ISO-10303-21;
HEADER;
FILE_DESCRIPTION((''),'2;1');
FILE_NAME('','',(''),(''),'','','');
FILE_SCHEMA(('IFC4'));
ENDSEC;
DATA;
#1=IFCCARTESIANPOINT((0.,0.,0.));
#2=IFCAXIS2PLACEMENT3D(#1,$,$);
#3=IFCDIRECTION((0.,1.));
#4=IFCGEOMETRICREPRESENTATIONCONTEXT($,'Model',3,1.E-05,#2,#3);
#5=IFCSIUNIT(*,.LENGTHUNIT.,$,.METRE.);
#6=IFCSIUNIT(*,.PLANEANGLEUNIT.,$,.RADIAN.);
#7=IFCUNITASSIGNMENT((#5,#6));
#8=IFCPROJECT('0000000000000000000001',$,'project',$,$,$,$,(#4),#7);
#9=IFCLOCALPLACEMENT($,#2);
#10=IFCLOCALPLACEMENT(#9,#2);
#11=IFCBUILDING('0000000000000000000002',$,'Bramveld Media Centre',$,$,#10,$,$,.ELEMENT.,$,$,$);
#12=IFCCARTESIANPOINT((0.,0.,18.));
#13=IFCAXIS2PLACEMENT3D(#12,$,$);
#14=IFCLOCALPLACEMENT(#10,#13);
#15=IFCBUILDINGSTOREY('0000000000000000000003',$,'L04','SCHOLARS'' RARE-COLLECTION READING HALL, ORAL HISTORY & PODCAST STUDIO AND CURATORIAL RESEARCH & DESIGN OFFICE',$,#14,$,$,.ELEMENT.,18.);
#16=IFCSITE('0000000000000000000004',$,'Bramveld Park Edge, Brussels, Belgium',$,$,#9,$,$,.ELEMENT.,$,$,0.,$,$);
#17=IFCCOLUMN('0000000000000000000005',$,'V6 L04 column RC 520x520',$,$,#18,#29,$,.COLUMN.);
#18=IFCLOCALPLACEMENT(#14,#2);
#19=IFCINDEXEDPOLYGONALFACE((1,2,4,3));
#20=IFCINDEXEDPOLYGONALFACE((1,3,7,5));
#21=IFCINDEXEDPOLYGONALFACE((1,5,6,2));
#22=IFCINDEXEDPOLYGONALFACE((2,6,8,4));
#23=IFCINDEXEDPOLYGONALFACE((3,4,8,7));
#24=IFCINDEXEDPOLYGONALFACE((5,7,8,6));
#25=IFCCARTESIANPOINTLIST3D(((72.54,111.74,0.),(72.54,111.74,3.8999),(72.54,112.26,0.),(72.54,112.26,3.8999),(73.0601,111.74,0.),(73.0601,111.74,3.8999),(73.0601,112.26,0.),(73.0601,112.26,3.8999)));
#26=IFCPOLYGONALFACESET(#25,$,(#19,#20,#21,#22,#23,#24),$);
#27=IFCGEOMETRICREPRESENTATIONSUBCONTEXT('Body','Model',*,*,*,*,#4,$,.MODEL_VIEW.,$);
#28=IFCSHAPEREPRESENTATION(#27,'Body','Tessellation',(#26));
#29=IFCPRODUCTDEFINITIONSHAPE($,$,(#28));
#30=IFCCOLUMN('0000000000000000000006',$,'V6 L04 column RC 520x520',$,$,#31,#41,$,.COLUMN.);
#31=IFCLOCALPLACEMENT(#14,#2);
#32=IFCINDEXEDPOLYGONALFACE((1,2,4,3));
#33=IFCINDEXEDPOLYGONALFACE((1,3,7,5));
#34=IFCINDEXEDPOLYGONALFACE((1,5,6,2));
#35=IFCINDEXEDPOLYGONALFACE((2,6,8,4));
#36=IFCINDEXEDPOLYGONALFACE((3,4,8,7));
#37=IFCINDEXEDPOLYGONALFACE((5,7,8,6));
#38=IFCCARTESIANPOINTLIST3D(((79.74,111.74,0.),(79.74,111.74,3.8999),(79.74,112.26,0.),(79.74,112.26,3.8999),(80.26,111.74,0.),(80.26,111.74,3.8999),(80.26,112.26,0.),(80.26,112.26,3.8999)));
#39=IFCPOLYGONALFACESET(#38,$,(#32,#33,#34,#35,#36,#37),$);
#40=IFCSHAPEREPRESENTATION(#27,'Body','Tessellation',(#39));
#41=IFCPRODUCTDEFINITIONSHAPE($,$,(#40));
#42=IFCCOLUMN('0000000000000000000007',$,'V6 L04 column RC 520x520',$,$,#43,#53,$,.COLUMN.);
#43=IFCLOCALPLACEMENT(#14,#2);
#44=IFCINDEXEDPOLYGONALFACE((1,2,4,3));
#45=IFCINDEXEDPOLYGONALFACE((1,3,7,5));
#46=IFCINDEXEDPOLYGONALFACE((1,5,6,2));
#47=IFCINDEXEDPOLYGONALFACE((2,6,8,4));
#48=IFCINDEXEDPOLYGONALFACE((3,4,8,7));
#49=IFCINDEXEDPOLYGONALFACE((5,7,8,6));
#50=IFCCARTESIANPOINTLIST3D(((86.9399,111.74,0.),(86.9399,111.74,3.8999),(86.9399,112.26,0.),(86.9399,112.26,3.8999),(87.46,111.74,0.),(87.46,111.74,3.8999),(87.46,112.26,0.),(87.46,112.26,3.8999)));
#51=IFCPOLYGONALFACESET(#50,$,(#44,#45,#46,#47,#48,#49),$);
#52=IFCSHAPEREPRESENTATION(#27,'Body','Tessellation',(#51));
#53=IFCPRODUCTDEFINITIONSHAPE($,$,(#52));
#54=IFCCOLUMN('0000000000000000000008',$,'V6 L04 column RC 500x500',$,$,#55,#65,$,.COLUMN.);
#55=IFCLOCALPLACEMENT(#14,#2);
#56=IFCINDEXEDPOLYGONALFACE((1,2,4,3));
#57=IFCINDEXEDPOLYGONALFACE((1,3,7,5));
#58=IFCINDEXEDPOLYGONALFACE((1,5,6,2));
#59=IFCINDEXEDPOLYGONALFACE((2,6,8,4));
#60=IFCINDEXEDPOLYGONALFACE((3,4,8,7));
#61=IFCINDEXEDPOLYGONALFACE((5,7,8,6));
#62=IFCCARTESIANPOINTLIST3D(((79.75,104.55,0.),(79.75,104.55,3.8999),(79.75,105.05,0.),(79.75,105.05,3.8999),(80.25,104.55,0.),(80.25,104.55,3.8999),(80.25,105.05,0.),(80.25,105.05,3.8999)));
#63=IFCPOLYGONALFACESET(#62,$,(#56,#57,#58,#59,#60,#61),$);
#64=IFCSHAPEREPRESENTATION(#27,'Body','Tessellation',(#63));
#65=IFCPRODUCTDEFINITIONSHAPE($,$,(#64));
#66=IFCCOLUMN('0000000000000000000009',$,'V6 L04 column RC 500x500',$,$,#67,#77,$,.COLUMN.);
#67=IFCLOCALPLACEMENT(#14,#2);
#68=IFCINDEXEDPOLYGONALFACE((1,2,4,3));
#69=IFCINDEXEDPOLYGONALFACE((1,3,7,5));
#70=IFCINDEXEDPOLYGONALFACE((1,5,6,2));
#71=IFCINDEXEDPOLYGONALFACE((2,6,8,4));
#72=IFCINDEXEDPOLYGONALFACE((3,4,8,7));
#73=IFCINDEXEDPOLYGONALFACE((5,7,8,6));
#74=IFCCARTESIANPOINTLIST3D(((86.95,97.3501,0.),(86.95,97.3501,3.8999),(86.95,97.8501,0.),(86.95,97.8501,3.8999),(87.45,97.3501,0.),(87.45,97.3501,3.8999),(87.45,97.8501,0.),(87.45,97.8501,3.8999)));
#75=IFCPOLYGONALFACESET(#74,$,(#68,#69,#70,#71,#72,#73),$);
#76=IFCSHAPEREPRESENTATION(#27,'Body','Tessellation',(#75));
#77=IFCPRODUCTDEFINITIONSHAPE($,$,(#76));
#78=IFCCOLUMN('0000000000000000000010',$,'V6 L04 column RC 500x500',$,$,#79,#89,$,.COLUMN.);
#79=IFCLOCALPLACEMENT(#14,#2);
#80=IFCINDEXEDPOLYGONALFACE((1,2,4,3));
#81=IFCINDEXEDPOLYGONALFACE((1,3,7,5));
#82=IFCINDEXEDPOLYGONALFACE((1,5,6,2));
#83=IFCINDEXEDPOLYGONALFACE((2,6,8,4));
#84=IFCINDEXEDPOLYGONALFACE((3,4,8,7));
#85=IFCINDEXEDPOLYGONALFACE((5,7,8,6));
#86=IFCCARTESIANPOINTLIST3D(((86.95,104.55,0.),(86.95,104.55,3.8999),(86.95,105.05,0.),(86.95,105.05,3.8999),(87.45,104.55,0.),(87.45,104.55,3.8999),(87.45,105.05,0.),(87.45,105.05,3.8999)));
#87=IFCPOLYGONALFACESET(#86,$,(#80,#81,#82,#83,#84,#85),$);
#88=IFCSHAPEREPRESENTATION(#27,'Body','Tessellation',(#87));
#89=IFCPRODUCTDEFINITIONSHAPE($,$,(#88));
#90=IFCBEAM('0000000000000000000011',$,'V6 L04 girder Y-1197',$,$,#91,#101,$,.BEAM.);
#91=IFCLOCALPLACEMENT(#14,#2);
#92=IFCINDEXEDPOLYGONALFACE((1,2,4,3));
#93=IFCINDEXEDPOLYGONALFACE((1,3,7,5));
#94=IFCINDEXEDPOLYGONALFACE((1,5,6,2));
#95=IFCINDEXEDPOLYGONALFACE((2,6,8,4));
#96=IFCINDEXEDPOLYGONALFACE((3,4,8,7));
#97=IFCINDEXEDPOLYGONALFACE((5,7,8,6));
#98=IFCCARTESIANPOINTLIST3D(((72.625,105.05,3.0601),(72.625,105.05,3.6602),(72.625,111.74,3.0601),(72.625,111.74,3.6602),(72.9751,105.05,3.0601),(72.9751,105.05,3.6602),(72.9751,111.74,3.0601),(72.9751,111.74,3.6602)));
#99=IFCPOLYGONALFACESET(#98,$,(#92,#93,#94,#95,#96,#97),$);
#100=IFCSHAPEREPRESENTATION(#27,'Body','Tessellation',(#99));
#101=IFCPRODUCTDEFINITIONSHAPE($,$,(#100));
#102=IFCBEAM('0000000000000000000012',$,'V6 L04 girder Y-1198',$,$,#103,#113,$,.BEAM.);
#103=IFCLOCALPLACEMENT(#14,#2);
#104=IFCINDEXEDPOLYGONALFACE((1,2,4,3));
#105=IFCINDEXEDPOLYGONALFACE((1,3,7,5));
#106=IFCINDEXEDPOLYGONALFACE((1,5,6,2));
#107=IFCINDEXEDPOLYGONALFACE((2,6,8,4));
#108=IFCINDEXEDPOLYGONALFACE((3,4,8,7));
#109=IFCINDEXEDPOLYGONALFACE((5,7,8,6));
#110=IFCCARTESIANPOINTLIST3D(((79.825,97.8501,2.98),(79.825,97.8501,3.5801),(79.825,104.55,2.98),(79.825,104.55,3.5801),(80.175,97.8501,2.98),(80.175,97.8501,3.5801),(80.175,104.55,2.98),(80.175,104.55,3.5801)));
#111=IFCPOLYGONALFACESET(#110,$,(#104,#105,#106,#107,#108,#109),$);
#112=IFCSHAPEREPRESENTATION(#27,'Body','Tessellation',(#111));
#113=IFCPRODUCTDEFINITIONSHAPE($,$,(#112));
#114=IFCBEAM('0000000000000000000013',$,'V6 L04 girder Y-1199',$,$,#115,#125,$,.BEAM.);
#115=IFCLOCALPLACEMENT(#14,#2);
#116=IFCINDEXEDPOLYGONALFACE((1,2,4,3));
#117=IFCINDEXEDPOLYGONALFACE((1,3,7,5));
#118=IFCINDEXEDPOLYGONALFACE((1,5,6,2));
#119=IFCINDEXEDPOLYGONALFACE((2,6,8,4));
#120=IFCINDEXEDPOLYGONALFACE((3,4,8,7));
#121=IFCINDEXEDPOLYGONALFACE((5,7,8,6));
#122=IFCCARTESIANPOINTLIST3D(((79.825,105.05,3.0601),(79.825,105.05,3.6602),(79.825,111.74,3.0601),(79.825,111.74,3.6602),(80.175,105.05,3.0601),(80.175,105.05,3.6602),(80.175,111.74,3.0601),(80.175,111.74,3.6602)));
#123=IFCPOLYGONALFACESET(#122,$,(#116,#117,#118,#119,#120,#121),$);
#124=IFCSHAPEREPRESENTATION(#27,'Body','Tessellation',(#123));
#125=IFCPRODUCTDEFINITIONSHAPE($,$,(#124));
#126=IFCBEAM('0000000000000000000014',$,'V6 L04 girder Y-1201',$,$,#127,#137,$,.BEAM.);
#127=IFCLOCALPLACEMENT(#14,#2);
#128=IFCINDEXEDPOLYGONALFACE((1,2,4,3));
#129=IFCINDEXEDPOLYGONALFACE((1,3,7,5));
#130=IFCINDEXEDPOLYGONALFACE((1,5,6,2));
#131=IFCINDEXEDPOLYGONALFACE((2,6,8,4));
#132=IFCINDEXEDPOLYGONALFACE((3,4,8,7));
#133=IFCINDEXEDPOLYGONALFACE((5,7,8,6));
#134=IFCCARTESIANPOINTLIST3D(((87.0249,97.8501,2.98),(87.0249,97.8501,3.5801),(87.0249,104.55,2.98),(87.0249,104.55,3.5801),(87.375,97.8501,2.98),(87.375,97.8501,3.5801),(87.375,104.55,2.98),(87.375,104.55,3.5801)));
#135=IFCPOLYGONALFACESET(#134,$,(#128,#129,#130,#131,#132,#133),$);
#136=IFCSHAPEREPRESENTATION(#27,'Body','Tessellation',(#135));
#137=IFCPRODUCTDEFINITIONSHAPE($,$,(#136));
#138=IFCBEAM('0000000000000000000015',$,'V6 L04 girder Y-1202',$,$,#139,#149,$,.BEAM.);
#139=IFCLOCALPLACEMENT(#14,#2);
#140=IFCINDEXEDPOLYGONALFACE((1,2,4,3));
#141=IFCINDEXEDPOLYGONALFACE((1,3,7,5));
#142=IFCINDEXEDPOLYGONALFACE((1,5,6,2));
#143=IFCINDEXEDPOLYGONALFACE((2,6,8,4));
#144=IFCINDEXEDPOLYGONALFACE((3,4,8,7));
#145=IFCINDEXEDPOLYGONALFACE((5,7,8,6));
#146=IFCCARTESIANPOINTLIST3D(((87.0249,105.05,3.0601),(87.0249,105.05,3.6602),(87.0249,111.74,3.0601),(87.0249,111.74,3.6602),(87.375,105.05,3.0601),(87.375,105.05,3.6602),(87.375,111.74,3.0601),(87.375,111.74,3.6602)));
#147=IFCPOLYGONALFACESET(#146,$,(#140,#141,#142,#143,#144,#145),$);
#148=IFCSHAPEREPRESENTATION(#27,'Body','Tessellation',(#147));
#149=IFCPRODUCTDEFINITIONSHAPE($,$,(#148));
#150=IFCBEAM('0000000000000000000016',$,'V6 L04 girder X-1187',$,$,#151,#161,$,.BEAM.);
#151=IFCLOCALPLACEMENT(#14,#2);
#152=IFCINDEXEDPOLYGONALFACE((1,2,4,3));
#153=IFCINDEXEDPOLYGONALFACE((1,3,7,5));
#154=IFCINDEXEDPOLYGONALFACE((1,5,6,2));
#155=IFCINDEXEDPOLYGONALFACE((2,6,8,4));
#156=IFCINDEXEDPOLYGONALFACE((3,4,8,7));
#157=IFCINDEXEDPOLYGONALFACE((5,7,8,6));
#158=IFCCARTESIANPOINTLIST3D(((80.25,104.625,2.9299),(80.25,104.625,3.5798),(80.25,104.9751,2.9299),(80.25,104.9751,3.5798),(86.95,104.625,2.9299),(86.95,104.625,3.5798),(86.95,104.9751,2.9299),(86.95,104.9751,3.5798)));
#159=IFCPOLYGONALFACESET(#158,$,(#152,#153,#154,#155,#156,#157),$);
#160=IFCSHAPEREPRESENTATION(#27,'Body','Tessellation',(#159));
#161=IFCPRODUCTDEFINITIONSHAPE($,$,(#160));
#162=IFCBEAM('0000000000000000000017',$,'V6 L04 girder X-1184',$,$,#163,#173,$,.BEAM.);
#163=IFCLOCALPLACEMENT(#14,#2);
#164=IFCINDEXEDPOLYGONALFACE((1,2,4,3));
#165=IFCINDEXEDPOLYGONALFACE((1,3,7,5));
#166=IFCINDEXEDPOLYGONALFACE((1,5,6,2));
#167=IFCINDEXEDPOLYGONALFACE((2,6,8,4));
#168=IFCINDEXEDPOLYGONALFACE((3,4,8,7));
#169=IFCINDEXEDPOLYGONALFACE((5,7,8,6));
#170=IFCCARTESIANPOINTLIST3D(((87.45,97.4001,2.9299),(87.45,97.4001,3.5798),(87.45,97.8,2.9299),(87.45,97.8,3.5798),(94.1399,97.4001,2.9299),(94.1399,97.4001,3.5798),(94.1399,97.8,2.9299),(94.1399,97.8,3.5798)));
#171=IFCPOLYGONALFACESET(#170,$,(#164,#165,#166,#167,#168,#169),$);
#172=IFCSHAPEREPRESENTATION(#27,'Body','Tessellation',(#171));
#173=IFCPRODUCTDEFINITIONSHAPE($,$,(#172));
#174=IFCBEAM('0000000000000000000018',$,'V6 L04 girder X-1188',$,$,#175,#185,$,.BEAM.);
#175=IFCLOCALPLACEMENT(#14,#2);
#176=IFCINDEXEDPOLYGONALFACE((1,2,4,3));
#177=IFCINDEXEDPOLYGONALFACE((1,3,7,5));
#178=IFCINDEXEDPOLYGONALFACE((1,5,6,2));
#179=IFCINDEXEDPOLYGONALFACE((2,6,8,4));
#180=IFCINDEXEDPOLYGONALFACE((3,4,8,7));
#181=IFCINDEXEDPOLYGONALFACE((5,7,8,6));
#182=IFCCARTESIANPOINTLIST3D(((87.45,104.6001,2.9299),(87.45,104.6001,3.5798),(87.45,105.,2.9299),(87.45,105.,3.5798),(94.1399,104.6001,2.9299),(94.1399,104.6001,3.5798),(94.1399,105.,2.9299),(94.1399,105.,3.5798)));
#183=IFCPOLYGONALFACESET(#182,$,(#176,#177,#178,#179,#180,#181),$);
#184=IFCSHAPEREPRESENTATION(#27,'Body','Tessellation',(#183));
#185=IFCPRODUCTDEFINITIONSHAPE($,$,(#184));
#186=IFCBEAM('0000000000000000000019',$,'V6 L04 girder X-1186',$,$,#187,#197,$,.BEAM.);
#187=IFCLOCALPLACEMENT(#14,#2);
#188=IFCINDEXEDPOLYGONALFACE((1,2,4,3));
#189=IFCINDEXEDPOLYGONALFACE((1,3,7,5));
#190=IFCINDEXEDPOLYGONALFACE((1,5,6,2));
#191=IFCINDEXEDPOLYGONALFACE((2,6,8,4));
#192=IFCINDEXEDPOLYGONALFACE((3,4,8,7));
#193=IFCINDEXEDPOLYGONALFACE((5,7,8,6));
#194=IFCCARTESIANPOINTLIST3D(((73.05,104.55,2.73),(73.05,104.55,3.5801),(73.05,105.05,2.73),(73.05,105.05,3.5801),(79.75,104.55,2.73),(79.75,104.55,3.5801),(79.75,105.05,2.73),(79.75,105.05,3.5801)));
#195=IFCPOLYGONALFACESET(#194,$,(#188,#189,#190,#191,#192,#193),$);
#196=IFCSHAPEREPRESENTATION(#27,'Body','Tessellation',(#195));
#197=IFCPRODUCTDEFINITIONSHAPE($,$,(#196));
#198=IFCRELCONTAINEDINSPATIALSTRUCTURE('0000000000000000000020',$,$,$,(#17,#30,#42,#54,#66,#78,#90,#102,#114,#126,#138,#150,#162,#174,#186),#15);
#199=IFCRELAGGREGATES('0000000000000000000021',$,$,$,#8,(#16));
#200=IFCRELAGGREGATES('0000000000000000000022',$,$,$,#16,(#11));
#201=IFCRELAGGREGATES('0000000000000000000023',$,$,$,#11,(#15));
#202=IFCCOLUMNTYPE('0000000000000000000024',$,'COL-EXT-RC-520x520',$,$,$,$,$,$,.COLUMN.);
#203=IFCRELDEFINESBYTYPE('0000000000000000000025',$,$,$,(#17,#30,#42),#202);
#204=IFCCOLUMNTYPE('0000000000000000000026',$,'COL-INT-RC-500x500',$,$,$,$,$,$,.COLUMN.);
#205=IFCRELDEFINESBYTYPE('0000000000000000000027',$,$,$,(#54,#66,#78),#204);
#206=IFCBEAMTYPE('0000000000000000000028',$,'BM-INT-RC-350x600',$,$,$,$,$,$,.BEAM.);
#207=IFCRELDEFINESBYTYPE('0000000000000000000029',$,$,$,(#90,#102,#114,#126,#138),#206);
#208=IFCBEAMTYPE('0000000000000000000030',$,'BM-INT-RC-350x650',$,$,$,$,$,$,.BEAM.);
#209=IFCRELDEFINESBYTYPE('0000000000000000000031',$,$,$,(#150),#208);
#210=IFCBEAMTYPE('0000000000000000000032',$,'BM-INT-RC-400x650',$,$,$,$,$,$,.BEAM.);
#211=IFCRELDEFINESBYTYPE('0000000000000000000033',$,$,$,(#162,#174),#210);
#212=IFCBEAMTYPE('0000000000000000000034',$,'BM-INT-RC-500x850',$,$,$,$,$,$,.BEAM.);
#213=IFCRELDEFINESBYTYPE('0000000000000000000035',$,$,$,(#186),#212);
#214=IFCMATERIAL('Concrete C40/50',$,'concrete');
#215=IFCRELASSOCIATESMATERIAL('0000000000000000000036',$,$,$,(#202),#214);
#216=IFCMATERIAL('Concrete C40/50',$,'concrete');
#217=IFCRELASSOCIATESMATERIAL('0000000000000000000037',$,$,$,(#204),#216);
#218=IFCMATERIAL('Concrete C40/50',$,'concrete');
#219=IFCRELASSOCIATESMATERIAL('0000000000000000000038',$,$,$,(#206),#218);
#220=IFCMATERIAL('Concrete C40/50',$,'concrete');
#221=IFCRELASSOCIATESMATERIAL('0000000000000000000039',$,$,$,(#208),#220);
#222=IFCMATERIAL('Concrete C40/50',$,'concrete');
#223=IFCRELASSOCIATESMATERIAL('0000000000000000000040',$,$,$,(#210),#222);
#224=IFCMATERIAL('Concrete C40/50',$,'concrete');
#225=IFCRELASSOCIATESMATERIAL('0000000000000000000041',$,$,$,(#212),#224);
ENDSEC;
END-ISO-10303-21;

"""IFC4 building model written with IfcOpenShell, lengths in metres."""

from ifc_helpers import new_model, si_unit, direction, frame, origin, origin_2d, place, context, subcontext, project, spatial, rectangle, extrude, material, material_profile, profile_set, type_object, element, save


model = new_model("IFC4")

# Units and contexts
model_context = context("Model", 3, precision=1e-05, world=origin(), true_north=direction((0.0, 1.0)))
body_context = subcontext(model_context, "Body", "Model", "MODEL_VIEW")
ifc_project = project(units=[si_unit("LENGTHUNIT", "METRE"), si_unit("PLANEANGLEUNIT", "RADIAN")], contexts=[model_context])

# Site, building, storey
site_placement = place(None, origin())
site = spatial("IfcSite", under=ifc_project, at=site_placement, Name="Bramveld Park Edge, Brussels, Belgium", CompositionType="ELEMENT", RefElevation=0.0)
building_placement = place(site_placement, origin())
building = spatial("IfcBuilding", under=site, at=building_placement, Name="Bramveld Media Centre", CompositionType="ELEMENT")
storey_placement = place(building_placement, frame((0.0, 0.0, 18.0)))
storey = spatial("IfcBuildingStorey", under=building, at=storey_placement, Name="L04", Description="SCHOLARS' RARE-COLLECTION READING HALL, ORAL HISTORY & PODCAST STUDIO AND CURATORIAL RESEARCH & DESIGN OFFICE", CompositionType="ELEMENT", Elevation=18.0)

# Columns
ifc_material_1 = material(Name="Concrete C40/50", Category="concrete")
ifc_material_profile_1 = material_profile(ifc_material_1, rectangle(XDim=0.52, YDim=0.52, at=origin_2d()), Name="RC 520x520")
ifc_profile_set_1 = profile_set([ifc_material_profile_1], Name="Concrete C40/50")
column_type_1 = type_object("IfcColumnType", Name="COL-EXT-RC-520x520", PredefinedType="COLUMN", material=ifc_profile_set_1)
for number, where, z_axis, x_axis, name in (
    (1, (72.8, 112.0, 0.0), (0.0, 0.0, 1.0), (1.0, 0.0, 0.0), "V6 L04 column RC 520x520"),
    (2, (80.0, 112.0, 0.0), (0.0, 0.0, 1.0), (1.0, 0.0, 0.0), "V6 L04 column RC 520x520"),
    (3, (87.2, 112.0, 0.0), (0.0, 0.0, 1.0), (1.0, 0.0, 0.0), "V6 L04 column RC 520x520"),
):
    element("IfcColumn", number, at=place(storey_placement, frame(where, z_axis=z_axis, x_axis=x_axis)), inside=storey, type_object=column_type_1, Name=name, PredefinedType="COLUMN", context=body_context, shape_type="SweptSolid", body=[
        extrude(rectangle(XDim=0.52, YDim=0.52, at=origin_2d()), origin(), (0.0, 0.0, 1.0), 3.8999),
    ])
ifc_material_2 = material(Name="Concrete C40/50", Category="concrete")
ifc_material_profile_2 = material_profile(ifc_material_2, rectangle(XDim=0.5, YDim=0.5, at=origin_2d()), Name="RC 500x500")
ifc_profile_set_2 = profile_set([ifc_material_profile_2], Name="Concrete C40/50")
column_type_2 = type_object("IfcColumnType", Name="COL-INT-RC-500x500", PredefinedType="COLUMN", material=ifc_profile_set_2)
for number, where, z_axis, x_axis, name in (
    (4, (80.0, 104.8, 0.0), (0.0, 0.0, 1.0), (1.0, 0.0, 0.0), "V6 L04 column RC 500x500"),
    (5, (87.2, 97.6001, 0.0), (0.0, 0.0, 1.0), (1.0, 0.0, 0.0), "V6 L04 column RC 500x500"),
    (6, (87.2, 104.8, 0.0), (0.0, 0.0, 1.0), (1.0, 0.0, 0.0), "V6 L04 column RC 500x500"),
):
    element("IfcColumn", number, at=place(storey_placement, frame(where, z_axis=z_axis, x_axis=x_axis)), inside=storey, type_object=column_type_2, Name=name, PredefinedType="COLUMN", context=body_context, shape_type="SweptSolid", body=[
        extrude(rectangle(XDim=0.5, YDim=0.5, at=origin_2d()), origin(), (0.0, 0.0, 1.0), 3.8999),
    ])

# Beams
ifc_material_3 = material(Name="Concrete C40/50", Category="concrete")
ifc_material_profile_3 = material_profile(ifc_material_3, rectangle(XDim=0.3501, YDim=0.6001, at=origin_2d()), Name="RC 350x600")
ifc_profile_set_3 = profile_set([ifc_material_profile_3], Name="Concrete C40/50")
beam_type_1 = type_object("IfcBeamType", Name="BM-INT-RC-350x600", PredefinedType="BEAM", material=ifc_profile_set_3)
beam_1_placement = place(storey_placement, frame((72.8, 105.05, 3.3601), z_axis=(0.0, 1.0, 0.0), x_axis=(-1.0, 0.0, 0.0)))
element("IfcBeam", 7, at=beam_1_placement, inside=storey, type_object=beam_type_1, Name="V6 L04 girder Y-1197", PredefinedType="BEAM", context=body_context, shape_type="SweptSolid", body=[
    extrude(rectangle(XDim=0.3501, YDim=0.6001, at=origin_2d()), origin(), (0.0, 0.0, 1.0), 6.6899),
])
beam_2_placement = place(storey_placement, frame((80.0, 97.8501, 3.28), z_axis=(0.0, 1.0, 0.0), x_axis=(-1.0, 0.0, 0.0)))
element("IfcBeam", 8, at=beam_2_placement, inside=storey, type_object=beam_type_1, Name="V6 L04 girder Y-1198", PredefinedType="BEAM", context=body_context, shape_type="SweptSolid", body=[
    extrude(rectangle(XDim=0.3501, YDim=0.6001, at=origin_2d()), origin(), (0.0, 0.0, 1.0), 6.7),
])
beam_3_placement = place(storey_placement, frame((80.0, 105.05, 3.3601), z_axis=(0.0, 1.0, 0.0), x_axis=(-1.0, 0.0, 0.0)))
element("IfcBeam", 9, at=beam_3_placement, inside=storey, type_object=beam_type_1, Name="V6 L04 girder Y-1199", PredefinedType="BEAM", context=body_context, shape_type="SweptSolid", body=[
    extrude(rectangle(XDim=0.3501, YDim=0.6001, at=origin_2d()), origin(), (0.0, 0.0, 1.0), 6.6899),
])
beam_4_placement = place(storey_placement, frame((87.2, 97.8501, 3.28), z_axis=(0.0, 1.0, 0.0), x_axis=(-1.0, 0.0, 0.0)))
element("IfcBeam", 10, at=beam_4_placement, inside=storey, type_object=beam_type_1, Name="V6 L04 girder Y-1201", PredefinedType="BEAM", context=body_context, shape_type="SweptSolid", body=[
    extrude(rectangle(XDim=0.3501, YDim=0.6001, at=origin_2d()), origin(), (0.0, 0.0, 1.0), 6.7),
])
beam_5_placement = place(storey_placement, frame((87.2, 105.05, 3.3601), z_axis=(0.0, 1.0, 0.0), x_axis=(-1.0, 0.0, 0.0)))
element("IfcBeam", 11, at=beam_5_placement, inside=storey, type_object=beam_type_1, Name="V6 L04 girder Y-1202", PredefinedType="BEAM", context=body_context, shape_type="SweptSolid", body=[
    extrude(rectangle(XDim=0.3501, YDim=0.6001, at=origin_2d()), origin(), (0.0, 0.0, 1.0), 6.6899),
])
ifc_material_4 = material(Name="Concrete C40/50", Category="concrete")
ifc_material_profile_4 = material_profile(ifc_material_4, rectangle(XDim=0.3501, YDim=0.6499, at=origin_2d()), Name="RC 350x650")
ifc_profile_set_4 = profile_set([ifc_material_profile_4], Name="Concrete C40/50")
beam_type_2 = type_object("IfcBeamType", Name="BM-INT-RC-350x650", PredefinedType="BEAM", material=ifc_profile_set_4)
beam_6_placement = place(storey_placement, frame((80.25, 104.8, 3.2549), z_axis=(1.0, 0.0, 0.0), x_axis=(0.0, 1.0, 0.0)))
element("IfcBeam", 12, at=beam_6_placement, inside=storey, type_object=beam_type_2, Name="V6 L04 girder X-1187", PredefinedType="BEAM", context=body_context, shape_type="SweptSolid", body=[
    extrude(rectangle(XDim=0.3501, YDim=0.6499, at=origin_2d()), origin(), (0.0, 0.0, 1.0), 6.7),
])
ifc_material_5 = material(Name="Concrete C40/50", Category="concrete")
ifc_material_profile_5 = material_profile(ifc_material_5, rectangle(XDim=0.3999, YDim=0.6499, at=origin_2d()), Name="RC 400x650")
ifc_profile_set_5 = profile_set([ifc_material_profile_5], Name="Concrete C40/50")
beam_type_3 = type_object("IfcBeamType", Name="BM-INT-RC-400x650", PredefinedType="BEAM", material=ifc_profile_set_5)
for number, where, z_axis, x_axis, name in (
    (13, (87.45, 97.6001, 3.2549), (1.0, 0.0, 0.0), (0.0, 1.0, 0.0), "V6 L04 girder X-1184"),
    (14, (87.45, 104.8, 3.2549), (1.0, 0.0, 0.0), (0.0, 1.0, 0.0), "V6 L04 girder X-1188"),
):
    element("IfcBeam", number, at=place(storey_placement, frame(where, z_axis=z_axis, x_axis=x_axis)), inside=storey, type_object=beam_type_3, Name=name, PredefinedType="BEAM", context=body_context, shape_type="SweptSolid", body=[
        extrude(rectangle(XDim=0.3999, YDim=0.6499, at=origin_2d()), origin(), (0.0, 0.0, 1.0), 6.6899),
    ])
ifc_material_6 = material(Name="Concrete C40/50", Category="concrete")
ifc_material_profile_6 = material_profile(ifc_material_6, rectangle(XDim=0.5, YDim=0.8501, at=origin_2d()), Name="RC 500x850")
ifc_profile_set_6 = profile_set([ifc_material_profile_6], Name="Concrete C40/50")
beam_type_4 = type_object("IfcBeamType", Name="BM-INT-RC-500x850", PredefinedType="BEAM", material=ifc_profile_set_6)
beam_7_placement = place(storey_placement, frame((73.05, 104.8, 3.155), z_axis=(1.0, 0.0, 0.0), x_axis=(0.0, 1.0, 0.0)))
element("IfcBeam", 15, at=beam_7_placement, inside=storey, type_object=beam_type_4, Name="V6 L04 girder X-1186", PredefinedType="BEAM", context=body_context, shape_type="SweptSolid", body=[
    extrude(rectangle(XDim=0.5, YDim=0.8501, at=origin_2d()), origin(), (0.0, 0.0, 1.0), 6.7),
])

save(model, "model.ifc")
